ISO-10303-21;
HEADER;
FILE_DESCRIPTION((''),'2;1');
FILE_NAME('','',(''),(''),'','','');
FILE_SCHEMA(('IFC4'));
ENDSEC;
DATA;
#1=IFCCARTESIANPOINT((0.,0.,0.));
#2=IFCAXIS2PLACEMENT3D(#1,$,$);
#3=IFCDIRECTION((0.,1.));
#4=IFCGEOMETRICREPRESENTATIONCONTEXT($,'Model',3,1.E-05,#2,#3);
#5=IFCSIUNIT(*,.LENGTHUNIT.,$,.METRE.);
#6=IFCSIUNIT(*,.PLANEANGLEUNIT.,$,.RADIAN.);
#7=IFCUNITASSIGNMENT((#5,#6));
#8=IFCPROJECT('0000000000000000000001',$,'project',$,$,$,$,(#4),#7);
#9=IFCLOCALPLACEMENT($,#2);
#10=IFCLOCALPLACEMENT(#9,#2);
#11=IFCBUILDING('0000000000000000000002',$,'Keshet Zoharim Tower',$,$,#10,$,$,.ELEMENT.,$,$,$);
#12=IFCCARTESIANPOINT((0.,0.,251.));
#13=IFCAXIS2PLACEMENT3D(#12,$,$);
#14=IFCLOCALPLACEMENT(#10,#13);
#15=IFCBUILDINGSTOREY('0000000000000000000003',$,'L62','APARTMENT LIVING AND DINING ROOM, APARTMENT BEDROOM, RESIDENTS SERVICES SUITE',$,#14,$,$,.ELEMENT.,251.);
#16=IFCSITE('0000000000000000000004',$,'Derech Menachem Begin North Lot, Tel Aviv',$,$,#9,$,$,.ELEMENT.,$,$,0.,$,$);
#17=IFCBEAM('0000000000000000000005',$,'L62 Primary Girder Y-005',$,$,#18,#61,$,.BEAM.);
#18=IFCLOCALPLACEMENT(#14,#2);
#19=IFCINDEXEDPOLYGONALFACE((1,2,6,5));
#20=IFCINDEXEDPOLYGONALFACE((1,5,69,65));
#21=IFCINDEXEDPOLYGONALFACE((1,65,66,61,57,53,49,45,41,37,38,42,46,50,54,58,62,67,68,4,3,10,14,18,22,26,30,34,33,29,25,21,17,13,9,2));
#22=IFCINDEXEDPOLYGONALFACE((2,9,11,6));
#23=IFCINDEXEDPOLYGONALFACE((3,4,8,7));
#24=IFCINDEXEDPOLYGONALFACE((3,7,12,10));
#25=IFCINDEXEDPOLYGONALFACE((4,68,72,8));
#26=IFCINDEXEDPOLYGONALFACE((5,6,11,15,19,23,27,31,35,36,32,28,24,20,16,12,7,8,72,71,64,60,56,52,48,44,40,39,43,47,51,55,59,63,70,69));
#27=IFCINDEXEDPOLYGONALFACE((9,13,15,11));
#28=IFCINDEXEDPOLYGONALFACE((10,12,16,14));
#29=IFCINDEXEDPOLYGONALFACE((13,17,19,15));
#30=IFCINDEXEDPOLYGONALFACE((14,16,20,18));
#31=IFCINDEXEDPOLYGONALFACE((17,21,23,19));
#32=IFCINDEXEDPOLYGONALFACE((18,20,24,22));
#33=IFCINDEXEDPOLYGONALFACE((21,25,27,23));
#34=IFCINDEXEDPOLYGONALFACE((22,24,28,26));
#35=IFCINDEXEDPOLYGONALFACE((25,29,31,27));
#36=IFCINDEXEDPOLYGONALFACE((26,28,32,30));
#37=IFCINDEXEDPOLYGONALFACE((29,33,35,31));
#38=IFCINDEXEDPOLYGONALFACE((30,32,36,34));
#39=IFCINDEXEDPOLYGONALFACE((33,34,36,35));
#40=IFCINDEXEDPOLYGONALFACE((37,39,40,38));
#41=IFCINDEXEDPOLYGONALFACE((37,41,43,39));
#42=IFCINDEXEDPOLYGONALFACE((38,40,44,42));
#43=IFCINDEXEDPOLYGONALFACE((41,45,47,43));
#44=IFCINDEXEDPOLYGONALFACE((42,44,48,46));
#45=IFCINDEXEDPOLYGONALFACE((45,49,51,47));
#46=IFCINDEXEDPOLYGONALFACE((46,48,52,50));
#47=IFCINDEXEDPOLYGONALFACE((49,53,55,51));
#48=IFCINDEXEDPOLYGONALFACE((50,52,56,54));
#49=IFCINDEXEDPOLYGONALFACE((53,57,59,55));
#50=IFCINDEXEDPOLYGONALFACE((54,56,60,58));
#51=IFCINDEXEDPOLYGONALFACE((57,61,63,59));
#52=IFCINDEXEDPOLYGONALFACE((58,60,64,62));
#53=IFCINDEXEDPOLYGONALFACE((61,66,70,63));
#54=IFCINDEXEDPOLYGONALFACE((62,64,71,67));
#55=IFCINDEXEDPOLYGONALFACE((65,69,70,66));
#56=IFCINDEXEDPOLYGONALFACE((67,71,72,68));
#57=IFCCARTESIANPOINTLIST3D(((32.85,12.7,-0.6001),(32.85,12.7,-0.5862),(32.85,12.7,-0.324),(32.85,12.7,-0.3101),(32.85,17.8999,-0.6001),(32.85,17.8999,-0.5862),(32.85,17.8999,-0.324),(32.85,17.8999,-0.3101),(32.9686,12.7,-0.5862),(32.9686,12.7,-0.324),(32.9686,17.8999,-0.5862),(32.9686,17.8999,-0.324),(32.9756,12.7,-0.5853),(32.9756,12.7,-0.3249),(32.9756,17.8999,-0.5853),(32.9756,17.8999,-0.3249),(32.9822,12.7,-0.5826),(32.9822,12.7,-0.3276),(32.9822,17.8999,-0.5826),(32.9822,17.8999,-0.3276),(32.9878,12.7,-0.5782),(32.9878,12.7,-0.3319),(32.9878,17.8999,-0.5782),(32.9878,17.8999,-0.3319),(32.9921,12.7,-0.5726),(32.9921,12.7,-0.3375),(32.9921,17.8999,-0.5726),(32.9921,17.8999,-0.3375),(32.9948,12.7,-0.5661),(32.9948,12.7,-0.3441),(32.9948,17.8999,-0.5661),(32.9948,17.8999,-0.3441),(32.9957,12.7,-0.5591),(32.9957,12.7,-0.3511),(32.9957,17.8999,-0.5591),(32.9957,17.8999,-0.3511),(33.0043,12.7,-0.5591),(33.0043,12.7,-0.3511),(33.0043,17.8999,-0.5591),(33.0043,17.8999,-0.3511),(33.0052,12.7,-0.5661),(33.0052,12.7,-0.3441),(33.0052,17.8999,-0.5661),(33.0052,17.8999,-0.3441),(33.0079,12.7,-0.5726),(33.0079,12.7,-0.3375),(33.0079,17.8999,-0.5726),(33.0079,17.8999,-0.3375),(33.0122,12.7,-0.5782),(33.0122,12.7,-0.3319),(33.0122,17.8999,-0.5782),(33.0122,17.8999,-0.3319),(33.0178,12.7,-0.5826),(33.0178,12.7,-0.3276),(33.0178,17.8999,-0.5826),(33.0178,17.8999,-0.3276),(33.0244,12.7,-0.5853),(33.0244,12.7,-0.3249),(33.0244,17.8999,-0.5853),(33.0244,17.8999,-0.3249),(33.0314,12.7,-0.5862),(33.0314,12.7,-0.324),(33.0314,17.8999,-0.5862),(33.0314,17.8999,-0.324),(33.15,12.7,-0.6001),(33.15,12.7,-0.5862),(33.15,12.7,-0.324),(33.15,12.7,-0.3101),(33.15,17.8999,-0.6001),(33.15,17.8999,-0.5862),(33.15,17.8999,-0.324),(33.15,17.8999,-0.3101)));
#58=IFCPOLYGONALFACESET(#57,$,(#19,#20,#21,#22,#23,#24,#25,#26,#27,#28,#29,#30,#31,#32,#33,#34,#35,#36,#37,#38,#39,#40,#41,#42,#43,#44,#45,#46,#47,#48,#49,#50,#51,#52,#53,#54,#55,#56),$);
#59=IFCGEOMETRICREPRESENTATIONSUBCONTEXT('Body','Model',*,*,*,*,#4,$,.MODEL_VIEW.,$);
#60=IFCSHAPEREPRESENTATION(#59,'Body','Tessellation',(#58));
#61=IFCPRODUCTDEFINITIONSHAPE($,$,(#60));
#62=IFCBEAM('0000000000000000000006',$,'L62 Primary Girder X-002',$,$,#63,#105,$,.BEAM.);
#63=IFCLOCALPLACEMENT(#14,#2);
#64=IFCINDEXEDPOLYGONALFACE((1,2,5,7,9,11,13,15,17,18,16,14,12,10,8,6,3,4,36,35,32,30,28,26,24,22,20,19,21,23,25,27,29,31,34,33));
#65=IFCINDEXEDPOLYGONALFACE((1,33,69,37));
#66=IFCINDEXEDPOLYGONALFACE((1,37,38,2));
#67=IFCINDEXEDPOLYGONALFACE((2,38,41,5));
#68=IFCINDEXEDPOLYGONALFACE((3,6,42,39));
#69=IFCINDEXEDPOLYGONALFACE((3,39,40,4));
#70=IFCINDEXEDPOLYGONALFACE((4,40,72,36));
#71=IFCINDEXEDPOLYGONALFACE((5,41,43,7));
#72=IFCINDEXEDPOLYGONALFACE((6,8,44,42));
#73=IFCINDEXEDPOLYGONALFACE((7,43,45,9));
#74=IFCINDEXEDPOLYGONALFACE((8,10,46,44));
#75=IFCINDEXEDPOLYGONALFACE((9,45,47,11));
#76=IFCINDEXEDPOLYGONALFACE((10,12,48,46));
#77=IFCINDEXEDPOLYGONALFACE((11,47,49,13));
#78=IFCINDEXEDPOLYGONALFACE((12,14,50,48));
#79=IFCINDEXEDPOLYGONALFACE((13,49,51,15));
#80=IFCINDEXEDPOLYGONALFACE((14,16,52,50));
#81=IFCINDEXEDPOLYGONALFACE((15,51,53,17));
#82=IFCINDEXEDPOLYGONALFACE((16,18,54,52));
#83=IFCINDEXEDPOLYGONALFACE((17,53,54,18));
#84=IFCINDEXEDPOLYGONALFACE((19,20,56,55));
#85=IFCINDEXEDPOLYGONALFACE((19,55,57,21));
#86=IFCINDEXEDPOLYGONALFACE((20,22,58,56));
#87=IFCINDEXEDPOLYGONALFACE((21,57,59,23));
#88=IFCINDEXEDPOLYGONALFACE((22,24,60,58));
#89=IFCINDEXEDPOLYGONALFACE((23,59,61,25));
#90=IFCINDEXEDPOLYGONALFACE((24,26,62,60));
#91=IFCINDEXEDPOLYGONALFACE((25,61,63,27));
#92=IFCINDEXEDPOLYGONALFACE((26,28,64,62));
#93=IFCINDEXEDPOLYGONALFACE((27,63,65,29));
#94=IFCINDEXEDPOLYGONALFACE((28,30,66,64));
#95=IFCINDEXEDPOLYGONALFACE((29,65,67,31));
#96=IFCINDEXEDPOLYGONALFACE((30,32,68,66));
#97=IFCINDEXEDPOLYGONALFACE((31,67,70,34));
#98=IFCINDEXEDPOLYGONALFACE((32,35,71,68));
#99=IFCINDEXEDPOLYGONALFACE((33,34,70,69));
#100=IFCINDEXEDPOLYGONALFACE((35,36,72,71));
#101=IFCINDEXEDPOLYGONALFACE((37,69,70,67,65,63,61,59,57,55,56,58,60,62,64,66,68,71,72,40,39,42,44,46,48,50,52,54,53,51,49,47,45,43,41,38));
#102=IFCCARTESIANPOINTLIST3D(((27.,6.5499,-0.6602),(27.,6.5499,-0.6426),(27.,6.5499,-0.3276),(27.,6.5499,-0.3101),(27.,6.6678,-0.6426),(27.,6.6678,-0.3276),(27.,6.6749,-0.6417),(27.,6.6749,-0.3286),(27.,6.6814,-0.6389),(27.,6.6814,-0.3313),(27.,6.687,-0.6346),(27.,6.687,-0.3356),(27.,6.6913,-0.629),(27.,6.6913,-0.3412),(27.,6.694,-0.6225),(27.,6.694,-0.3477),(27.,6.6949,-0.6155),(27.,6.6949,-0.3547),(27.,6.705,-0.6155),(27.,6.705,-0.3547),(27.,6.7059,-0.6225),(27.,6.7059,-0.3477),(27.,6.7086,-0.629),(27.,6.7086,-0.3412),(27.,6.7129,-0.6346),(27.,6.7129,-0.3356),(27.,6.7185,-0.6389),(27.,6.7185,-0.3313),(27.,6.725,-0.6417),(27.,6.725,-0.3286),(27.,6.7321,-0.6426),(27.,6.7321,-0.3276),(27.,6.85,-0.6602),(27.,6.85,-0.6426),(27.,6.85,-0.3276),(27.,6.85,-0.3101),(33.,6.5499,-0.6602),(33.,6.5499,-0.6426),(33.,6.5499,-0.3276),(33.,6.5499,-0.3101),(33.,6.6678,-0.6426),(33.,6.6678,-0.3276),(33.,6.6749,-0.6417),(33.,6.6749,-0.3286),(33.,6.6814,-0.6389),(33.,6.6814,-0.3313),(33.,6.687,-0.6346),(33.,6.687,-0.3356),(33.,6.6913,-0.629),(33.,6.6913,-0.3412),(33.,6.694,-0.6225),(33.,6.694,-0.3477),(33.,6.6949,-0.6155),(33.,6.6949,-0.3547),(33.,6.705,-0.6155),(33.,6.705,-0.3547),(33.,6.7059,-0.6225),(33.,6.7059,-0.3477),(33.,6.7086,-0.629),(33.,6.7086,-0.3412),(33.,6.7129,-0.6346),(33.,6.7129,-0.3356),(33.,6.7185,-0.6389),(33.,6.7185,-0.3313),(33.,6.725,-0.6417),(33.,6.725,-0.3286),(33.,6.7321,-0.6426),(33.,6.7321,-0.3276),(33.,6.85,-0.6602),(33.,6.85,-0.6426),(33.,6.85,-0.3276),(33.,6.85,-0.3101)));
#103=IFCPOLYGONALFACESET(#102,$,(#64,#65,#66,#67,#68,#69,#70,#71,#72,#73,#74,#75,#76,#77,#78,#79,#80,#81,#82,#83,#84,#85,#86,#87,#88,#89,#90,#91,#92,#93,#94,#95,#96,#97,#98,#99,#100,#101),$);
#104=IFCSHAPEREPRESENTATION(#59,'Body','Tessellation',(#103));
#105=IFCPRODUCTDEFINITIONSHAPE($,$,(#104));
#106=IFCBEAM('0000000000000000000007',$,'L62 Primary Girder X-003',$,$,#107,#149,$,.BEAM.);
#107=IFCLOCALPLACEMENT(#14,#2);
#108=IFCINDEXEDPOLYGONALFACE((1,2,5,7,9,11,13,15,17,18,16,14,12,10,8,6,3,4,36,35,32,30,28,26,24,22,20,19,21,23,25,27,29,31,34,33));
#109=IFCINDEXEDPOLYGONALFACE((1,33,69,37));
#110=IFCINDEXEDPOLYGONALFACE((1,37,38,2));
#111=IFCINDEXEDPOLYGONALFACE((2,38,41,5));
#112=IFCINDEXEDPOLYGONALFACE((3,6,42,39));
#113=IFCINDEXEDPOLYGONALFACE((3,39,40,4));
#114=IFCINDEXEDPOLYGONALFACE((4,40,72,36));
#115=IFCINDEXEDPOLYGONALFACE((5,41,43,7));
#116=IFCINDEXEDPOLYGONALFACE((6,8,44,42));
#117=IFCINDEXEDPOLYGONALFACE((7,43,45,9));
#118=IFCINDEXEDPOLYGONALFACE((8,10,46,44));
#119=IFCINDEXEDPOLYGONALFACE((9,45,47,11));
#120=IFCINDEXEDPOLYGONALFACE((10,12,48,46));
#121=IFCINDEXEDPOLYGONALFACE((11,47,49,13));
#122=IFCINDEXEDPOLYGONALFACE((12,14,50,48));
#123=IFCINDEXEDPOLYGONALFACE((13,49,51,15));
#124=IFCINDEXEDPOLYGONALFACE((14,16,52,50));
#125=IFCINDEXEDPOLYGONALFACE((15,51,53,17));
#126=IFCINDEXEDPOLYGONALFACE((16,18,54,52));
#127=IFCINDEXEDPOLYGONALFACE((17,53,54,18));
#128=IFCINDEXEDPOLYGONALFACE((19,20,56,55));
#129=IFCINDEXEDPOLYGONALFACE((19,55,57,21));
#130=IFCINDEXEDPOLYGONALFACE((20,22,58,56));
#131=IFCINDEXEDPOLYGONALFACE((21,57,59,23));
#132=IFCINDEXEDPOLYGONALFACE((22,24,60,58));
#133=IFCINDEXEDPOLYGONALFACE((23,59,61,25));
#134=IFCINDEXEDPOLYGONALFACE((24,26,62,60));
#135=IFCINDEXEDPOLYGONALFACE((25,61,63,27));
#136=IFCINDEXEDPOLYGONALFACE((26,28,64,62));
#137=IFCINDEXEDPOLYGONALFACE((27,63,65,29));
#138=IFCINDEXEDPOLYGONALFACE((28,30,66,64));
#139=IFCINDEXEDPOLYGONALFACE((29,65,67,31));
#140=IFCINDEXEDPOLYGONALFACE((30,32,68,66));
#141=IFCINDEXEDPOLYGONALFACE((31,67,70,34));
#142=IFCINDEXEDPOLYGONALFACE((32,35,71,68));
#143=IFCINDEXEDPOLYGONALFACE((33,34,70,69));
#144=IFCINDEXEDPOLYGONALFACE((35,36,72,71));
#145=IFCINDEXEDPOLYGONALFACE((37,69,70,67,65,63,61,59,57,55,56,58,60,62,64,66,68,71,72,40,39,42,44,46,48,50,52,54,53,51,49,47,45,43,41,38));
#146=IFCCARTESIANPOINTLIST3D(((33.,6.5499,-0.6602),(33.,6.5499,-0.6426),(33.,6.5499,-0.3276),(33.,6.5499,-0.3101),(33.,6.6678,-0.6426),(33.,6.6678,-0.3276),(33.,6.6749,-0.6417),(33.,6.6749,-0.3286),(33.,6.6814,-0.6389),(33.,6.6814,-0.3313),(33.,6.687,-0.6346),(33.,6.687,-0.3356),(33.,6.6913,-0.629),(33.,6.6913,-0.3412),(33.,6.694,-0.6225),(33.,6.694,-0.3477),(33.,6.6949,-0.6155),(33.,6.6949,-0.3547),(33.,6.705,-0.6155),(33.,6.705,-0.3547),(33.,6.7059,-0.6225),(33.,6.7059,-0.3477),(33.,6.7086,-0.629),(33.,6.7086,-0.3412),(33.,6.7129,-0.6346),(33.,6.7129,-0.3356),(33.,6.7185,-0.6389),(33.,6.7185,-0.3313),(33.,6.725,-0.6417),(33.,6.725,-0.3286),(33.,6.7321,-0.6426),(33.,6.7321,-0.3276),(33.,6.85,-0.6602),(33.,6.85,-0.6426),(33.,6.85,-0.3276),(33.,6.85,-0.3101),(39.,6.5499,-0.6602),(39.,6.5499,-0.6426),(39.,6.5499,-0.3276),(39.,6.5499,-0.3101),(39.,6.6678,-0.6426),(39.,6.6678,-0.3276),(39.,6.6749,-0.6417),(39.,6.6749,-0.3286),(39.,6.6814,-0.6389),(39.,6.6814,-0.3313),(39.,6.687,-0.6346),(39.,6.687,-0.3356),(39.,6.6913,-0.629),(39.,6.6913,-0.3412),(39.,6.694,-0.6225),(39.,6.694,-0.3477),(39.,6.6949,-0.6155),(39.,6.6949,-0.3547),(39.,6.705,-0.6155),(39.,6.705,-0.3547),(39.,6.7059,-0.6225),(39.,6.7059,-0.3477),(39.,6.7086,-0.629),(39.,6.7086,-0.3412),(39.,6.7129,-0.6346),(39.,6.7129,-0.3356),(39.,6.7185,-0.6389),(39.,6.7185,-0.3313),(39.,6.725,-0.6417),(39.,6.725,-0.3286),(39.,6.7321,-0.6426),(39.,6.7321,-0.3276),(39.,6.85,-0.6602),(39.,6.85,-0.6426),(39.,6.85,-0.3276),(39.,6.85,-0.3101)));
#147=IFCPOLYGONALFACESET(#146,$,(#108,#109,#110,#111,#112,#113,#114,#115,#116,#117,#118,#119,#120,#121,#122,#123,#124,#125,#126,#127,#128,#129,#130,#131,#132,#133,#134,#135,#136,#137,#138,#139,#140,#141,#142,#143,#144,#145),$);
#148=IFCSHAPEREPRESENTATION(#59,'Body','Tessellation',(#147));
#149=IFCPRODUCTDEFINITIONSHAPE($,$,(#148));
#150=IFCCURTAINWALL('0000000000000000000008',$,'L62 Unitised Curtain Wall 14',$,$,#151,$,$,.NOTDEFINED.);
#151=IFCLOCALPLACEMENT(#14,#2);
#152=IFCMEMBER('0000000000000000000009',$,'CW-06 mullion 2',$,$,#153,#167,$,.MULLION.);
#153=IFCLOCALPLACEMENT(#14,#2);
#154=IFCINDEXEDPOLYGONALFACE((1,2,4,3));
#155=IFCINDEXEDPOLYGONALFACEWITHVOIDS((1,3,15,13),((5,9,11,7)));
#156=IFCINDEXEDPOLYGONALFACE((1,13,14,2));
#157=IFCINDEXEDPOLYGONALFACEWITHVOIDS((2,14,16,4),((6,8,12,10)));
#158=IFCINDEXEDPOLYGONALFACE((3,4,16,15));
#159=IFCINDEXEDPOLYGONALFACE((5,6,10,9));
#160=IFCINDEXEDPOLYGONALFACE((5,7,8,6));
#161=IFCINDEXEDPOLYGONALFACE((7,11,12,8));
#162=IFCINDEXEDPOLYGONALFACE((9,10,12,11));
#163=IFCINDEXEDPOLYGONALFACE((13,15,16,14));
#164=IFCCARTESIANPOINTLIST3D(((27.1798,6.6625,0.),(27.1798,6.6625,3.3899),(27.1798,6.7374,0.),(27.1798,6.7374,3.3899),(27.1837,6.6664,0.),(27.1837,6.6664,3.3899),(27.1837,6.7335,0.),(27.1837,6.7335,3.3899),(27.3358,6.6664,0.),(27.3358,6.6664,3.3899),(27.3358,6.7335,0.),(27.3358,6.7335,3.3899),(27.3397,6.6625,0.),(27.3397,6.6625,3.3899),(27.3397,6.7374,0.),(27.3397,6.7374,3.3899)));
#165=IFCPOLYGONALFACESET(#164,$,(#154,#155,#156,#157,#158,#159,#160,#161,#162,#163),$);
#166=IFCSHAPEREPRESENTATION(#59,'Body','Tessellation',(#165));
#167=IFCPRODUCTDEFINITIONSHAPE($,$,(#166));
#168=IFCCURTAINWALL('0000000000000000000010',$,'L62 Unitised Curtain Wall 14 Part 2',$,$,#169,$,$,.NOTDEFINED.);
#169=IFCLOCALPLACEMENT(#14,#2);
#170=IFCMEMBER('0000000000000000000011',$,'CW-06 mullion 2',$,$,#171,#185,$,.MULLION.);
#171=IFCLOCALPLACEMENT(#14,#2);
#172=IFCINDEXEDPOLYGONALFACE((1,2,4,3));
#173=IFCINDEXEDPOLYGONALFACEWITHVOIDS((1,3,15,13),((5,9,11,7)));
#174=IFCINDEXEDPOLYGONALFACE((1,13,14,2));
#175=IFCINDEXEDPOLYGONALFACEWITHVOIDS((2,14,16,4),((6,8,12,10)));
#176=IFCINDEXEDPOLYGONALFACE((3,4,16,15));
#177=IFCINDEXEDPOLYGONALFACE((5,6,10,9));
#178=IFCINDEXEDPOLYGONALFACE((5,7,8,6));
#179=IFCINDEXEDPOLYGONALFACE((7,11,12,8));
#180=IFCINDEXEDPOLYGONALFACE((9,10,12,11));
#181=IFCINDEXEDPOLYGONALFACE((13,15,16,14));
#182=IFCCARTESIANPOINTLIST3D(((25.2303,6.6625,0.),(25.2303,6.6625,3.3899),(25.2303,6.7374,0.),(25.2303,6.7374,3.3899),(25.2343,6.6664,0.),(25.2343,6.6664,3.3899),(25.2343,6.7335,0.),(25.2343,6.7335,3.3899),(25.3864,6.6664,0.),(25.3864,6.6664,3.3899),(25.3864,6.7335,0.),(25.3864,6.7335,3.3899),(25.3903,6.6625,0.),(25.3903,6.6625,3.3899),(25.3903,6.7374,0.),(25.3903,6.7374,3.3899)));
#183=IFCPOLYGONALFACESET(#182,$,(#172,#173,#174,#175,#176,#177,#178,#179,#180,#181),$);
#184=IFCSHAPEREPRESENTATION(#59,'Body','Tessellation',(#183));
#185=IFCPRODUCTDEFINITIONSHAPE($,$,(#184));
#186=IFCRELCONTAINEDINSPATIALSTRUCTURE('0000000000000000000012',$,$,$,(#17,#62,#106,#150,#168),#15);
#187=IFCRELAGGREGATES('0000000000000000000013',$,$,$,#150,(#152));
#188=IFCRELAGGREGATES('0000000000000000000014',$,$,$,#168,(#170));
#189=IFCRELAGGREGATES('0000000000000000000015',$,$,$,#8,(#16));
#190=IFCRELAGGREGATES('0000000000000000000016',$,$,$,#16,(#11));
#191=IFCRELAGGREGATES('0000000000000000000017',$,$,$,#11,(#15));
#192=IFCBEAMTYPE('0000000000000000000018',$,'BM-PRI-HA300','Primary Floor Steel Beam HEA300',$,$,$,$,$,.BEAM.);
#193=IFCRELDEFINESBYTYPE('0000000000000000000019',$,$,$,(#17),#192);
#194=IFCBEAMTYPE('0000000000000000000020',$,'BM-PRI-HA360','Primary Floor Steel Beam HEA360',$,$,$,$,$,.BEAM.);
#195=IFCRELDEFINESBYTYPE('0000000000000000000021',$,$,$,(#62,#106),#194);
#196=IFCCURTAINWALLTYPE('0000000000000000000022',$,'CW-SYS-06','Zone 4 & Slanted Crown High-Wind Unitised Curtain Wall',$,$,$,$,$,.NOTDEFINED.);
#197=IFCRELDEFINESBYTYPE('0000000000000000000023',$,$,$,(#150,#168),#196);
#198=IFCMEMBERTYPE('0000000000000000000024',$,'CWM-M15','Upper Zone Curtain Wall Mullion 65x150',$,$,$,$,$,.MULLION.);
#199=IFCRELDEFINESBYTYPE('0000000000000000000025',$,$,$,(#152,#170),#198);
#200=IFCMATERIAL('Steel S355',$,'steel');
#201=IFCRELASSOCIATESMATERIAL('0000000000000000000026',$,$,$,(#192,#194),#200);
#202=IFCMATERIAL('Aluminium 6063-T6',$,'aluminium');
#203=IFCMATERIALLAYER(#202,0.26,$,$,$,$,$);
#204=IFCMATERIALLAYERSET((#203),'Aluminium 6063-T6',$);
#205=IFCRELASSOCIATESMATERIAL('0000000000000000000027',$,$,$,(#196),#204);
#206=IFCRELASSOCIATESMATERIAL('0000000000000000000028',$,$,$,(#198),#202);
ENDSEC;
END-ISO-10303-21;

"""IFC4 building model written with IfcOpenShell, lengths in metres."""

from ifc_helpers import new_model, si_unit, direction, frame, origin, origin_2d, place, context, subcontext, project, spatial, hollow_rectangle, i_section, extrude, material, layer, layer_set, material_profile, profile_set, type_object, element, aggregate, save


model = new_model("IFC4")

# Units and contexts
model_context = context("Model", 3, precision=1e-05, world=origin(), true_north=direction((0.0, 1.0)))
body_context = subcontext(model_context, "Body", "Model", "MODEL_VIEW")
ifc_project = project(units=[si_unit("LENGTHUNIT", "METRE"), si_unit("PLANEANGLEUNIT", "RADIAN")], contexts=[model_context])

# Site, building, storey
site_placement = place(None, origin())
site = spatial("IfcSite", under=ifc_project, at=site_placement, Name="Derech Menachem Begin North Lot, Tel Aviv", CompositionType="ELEMENT", RefElevation=0.0)
building_placement = place(site_placement, origin())
building = spatial("IfcBuilding", under=site, at=building_placement, Name="Keshet Zoharim Tower", CompositionType="ELEMENT")
storey_placement = place(building_placement, frame((0.0, 0.0, 251.0)))
storey = spatial("IfcBuildingStorey", under=building, at=storey_placement, Name="L62", Description="APARTMENT LIVING AND DINING ROOM, APARTMENT BEDROOM, RESIDENTS SERVICES SUITE", CompositionType="ELEMENT", Elevation=251.0)

# Shared definitions
ifc_material_1 = material(Name="Steel S355", Category="steel")

# Beams
ifc_material_profile_1 = material_profile(ifc_material_1, i_section(OverallWidth=0.3, OverallDepth=0.29, WebThickness=0.0085, FlangeThickness=0.0139, FilletRadius=0.0271, at=origin_2d()), Name="HEA300")
ifc_profile_set_1 = profile_set([ifc_material_profile_1], Name="Steel S355")
beam_type_1 = type_object("IfcBeamType", Name="BM-PRI-HA300", Description="Primary Floor Steel Beam HEA300", PredefinedType="BEAM", material=ifc_profile_set_1)
beam_1_placement = place(storey_placement, frame((33.0, 12.7, -0.4551), z_axis=(0.0, 1.0, 0.0), x_axis=(-1.0, 0.0, 0.0)))
element("IfcBeam", 1, at=beam_1_placement, inside=storey, type_object=beam_type_1, Name="L62 Primary Girder Y-005", PredefinedType="BEAM", context=body_context, shape_type="SweptSolid", body=[
    extrude(i_section(OverallWidth=0.3, OverallDepth=0.29, WebThickness=0.0085, FlangeThickness=0.0139, FilletRadius=0.0271, at=origin_2d()), origin(), (0.0, 0.0, 1.0), 5.2),
])
ifc_material_profile_2 = material_profile(ifc_material_1, i_section(OverallWidth=0.3, OverallDepth=0.3501, WebThickness=0.01, FlangeThickness=0.0176, FilletRadius=0.0271, at=origin_2d()), Name="HEA360")
ifc_profile_set_2 = profile_set([ifc_material_profile_2], Name="Steel S355")
beam_type_2 = type_object("IfcBeamType", Name="BM-PRI-HA360", Description="Primary Floor Steel Beam HEA360", PredefinedType="BEAM", material=ifc_profile_set_2)
for number, where, z_axis, x_axis, name in (
    (2, (27.0, 6.7, -0.4851), (1.0, 0.0, 0.0), (0.0, 1.0, 0.0), "L62 Primary Girder X-002"),
    (3, (33.0, 6.7, -0.4851), (1.0, 0.0, 0.0), (0.0, 1.0, 0.0), "L62 Primary Girder X-003"),
):
    element("IfcBeam", number, at=place(storey_placement, frame(where, z_axis=z_axis, x_axis=x_axis)), inside=storey, type_object=beam_type_2, Name=name, PredefinedType="BEAM", context=body_context, shape_type="SweptSolid", body=[
        extrude(i_section(OverallWidth=0.3, OverallDepth=0.3501, WebThickness=0.01, FlangeThickness=0.0176, FilletRadius=0.0271, at=origin_2d()), origin(), (0.0, 0.0, 1.0), 6.0),
    ])

# Curtain wall, member
ifc_material_2 = material(Name="Aluminium 6063-T6", Category="aluminium")
ifc_layer_1 = layer(ifc_material_2, 0.26)
ifc_layer_set_1 = layer_set([ifc_layer_1], Name="Aluminium 6063-T6")
curtain_wall_type = type_object("IfcCurtainWallType", Name="CW-SYS-06", Description="Zone 4 & Slanted Crown High-Wind Unitised Curtain Wall", PredefinedType="NOTDEFINED", material=ifc_layer_set_1)
curtain_wall_1_placement = place(storey_placement, origin())
curtain_wall_1 = element("IfcCurtainWall", 4, at=curtain_wall_1_placement, inside=storey, type_object=curtain_wall_type, Name="L62 Unitised Curtain Wall 14", PredefinedType="NOTDEFINED")
ifc_material_profile_3 = material_profile(ifc_material_2, hollow_rectangle(XDim=0.075, YDim=0.1599, WallThickness=0.0039, at=origin_2d()), Name="MUL-75x160")
ifc_profile_set_3 = profile_set([ifc_material_profile_3], Name="Aluminium 6063-T6")
member_type_1 = type_object("IfcMemberType", Name="CWM-M15", Description="Upper Zone Curtain Wall Mullion 65x150", PredefinedType="MULLION", material=ifc_profile_set_3)
member_1_placement = place(storey_placement, frame((27.2598, 6.7, 0.0), z_axis=(0.0, 0.0, 1.0), x_axis=(0.0, -1.0, 0.0)))
member_1 = element("IfcMember", 5, at=member_1_placement, type_object=member_type_1, Name="CW-06 mullion 2", PredefinedType="MULLION", context=body_context, shape_type="SweptSolid", body=[
    extrude(hollow_rectangle(XDim=0.075, YDim=0.1599, WallThickness=0.0039, at=origin_2d()), origin(), (0.0, 0.0, 1.0), 3.3899),
])
aggregate(curtain_wall_1, [member_1])

# Curtain wall, member
curtain_wall_2_placement = place(storey_placement, origin())
curtain_wall_2 = element("IfcCurtainWall", 6, at=curtain_wall_2_placement, inside=storey, type_object=curtain_wall_type, Name="L62 Unitised Curtain Wall 14 Part 2", PredefinedType="NOTDEFINED")
member_2_placement = place(storey_placement, frame((25.3103, 6.7, 0.0), z_axis=(0.0, 0.0, 1.0), x_axis=(0.0, -1.0, 0.0)))
member_2 = element("IfcMember", 7, at=member_2_placement, type_object=member_type_1, Name="CW-06 mullion 2", PredefinedType="MULLION", context=body_context, shape_type="SweptSolid", body=[
    extrude(hollow_rectangle(XDim=0.075, YDim=0.1599, WallThickness=0.0039, at=origin_2d()), origin(), (0.0, 0.0, 1.0), 3.3899),
])

aggregate(curtain_wall_2, [member_2])

save(model, "model.ifc")
